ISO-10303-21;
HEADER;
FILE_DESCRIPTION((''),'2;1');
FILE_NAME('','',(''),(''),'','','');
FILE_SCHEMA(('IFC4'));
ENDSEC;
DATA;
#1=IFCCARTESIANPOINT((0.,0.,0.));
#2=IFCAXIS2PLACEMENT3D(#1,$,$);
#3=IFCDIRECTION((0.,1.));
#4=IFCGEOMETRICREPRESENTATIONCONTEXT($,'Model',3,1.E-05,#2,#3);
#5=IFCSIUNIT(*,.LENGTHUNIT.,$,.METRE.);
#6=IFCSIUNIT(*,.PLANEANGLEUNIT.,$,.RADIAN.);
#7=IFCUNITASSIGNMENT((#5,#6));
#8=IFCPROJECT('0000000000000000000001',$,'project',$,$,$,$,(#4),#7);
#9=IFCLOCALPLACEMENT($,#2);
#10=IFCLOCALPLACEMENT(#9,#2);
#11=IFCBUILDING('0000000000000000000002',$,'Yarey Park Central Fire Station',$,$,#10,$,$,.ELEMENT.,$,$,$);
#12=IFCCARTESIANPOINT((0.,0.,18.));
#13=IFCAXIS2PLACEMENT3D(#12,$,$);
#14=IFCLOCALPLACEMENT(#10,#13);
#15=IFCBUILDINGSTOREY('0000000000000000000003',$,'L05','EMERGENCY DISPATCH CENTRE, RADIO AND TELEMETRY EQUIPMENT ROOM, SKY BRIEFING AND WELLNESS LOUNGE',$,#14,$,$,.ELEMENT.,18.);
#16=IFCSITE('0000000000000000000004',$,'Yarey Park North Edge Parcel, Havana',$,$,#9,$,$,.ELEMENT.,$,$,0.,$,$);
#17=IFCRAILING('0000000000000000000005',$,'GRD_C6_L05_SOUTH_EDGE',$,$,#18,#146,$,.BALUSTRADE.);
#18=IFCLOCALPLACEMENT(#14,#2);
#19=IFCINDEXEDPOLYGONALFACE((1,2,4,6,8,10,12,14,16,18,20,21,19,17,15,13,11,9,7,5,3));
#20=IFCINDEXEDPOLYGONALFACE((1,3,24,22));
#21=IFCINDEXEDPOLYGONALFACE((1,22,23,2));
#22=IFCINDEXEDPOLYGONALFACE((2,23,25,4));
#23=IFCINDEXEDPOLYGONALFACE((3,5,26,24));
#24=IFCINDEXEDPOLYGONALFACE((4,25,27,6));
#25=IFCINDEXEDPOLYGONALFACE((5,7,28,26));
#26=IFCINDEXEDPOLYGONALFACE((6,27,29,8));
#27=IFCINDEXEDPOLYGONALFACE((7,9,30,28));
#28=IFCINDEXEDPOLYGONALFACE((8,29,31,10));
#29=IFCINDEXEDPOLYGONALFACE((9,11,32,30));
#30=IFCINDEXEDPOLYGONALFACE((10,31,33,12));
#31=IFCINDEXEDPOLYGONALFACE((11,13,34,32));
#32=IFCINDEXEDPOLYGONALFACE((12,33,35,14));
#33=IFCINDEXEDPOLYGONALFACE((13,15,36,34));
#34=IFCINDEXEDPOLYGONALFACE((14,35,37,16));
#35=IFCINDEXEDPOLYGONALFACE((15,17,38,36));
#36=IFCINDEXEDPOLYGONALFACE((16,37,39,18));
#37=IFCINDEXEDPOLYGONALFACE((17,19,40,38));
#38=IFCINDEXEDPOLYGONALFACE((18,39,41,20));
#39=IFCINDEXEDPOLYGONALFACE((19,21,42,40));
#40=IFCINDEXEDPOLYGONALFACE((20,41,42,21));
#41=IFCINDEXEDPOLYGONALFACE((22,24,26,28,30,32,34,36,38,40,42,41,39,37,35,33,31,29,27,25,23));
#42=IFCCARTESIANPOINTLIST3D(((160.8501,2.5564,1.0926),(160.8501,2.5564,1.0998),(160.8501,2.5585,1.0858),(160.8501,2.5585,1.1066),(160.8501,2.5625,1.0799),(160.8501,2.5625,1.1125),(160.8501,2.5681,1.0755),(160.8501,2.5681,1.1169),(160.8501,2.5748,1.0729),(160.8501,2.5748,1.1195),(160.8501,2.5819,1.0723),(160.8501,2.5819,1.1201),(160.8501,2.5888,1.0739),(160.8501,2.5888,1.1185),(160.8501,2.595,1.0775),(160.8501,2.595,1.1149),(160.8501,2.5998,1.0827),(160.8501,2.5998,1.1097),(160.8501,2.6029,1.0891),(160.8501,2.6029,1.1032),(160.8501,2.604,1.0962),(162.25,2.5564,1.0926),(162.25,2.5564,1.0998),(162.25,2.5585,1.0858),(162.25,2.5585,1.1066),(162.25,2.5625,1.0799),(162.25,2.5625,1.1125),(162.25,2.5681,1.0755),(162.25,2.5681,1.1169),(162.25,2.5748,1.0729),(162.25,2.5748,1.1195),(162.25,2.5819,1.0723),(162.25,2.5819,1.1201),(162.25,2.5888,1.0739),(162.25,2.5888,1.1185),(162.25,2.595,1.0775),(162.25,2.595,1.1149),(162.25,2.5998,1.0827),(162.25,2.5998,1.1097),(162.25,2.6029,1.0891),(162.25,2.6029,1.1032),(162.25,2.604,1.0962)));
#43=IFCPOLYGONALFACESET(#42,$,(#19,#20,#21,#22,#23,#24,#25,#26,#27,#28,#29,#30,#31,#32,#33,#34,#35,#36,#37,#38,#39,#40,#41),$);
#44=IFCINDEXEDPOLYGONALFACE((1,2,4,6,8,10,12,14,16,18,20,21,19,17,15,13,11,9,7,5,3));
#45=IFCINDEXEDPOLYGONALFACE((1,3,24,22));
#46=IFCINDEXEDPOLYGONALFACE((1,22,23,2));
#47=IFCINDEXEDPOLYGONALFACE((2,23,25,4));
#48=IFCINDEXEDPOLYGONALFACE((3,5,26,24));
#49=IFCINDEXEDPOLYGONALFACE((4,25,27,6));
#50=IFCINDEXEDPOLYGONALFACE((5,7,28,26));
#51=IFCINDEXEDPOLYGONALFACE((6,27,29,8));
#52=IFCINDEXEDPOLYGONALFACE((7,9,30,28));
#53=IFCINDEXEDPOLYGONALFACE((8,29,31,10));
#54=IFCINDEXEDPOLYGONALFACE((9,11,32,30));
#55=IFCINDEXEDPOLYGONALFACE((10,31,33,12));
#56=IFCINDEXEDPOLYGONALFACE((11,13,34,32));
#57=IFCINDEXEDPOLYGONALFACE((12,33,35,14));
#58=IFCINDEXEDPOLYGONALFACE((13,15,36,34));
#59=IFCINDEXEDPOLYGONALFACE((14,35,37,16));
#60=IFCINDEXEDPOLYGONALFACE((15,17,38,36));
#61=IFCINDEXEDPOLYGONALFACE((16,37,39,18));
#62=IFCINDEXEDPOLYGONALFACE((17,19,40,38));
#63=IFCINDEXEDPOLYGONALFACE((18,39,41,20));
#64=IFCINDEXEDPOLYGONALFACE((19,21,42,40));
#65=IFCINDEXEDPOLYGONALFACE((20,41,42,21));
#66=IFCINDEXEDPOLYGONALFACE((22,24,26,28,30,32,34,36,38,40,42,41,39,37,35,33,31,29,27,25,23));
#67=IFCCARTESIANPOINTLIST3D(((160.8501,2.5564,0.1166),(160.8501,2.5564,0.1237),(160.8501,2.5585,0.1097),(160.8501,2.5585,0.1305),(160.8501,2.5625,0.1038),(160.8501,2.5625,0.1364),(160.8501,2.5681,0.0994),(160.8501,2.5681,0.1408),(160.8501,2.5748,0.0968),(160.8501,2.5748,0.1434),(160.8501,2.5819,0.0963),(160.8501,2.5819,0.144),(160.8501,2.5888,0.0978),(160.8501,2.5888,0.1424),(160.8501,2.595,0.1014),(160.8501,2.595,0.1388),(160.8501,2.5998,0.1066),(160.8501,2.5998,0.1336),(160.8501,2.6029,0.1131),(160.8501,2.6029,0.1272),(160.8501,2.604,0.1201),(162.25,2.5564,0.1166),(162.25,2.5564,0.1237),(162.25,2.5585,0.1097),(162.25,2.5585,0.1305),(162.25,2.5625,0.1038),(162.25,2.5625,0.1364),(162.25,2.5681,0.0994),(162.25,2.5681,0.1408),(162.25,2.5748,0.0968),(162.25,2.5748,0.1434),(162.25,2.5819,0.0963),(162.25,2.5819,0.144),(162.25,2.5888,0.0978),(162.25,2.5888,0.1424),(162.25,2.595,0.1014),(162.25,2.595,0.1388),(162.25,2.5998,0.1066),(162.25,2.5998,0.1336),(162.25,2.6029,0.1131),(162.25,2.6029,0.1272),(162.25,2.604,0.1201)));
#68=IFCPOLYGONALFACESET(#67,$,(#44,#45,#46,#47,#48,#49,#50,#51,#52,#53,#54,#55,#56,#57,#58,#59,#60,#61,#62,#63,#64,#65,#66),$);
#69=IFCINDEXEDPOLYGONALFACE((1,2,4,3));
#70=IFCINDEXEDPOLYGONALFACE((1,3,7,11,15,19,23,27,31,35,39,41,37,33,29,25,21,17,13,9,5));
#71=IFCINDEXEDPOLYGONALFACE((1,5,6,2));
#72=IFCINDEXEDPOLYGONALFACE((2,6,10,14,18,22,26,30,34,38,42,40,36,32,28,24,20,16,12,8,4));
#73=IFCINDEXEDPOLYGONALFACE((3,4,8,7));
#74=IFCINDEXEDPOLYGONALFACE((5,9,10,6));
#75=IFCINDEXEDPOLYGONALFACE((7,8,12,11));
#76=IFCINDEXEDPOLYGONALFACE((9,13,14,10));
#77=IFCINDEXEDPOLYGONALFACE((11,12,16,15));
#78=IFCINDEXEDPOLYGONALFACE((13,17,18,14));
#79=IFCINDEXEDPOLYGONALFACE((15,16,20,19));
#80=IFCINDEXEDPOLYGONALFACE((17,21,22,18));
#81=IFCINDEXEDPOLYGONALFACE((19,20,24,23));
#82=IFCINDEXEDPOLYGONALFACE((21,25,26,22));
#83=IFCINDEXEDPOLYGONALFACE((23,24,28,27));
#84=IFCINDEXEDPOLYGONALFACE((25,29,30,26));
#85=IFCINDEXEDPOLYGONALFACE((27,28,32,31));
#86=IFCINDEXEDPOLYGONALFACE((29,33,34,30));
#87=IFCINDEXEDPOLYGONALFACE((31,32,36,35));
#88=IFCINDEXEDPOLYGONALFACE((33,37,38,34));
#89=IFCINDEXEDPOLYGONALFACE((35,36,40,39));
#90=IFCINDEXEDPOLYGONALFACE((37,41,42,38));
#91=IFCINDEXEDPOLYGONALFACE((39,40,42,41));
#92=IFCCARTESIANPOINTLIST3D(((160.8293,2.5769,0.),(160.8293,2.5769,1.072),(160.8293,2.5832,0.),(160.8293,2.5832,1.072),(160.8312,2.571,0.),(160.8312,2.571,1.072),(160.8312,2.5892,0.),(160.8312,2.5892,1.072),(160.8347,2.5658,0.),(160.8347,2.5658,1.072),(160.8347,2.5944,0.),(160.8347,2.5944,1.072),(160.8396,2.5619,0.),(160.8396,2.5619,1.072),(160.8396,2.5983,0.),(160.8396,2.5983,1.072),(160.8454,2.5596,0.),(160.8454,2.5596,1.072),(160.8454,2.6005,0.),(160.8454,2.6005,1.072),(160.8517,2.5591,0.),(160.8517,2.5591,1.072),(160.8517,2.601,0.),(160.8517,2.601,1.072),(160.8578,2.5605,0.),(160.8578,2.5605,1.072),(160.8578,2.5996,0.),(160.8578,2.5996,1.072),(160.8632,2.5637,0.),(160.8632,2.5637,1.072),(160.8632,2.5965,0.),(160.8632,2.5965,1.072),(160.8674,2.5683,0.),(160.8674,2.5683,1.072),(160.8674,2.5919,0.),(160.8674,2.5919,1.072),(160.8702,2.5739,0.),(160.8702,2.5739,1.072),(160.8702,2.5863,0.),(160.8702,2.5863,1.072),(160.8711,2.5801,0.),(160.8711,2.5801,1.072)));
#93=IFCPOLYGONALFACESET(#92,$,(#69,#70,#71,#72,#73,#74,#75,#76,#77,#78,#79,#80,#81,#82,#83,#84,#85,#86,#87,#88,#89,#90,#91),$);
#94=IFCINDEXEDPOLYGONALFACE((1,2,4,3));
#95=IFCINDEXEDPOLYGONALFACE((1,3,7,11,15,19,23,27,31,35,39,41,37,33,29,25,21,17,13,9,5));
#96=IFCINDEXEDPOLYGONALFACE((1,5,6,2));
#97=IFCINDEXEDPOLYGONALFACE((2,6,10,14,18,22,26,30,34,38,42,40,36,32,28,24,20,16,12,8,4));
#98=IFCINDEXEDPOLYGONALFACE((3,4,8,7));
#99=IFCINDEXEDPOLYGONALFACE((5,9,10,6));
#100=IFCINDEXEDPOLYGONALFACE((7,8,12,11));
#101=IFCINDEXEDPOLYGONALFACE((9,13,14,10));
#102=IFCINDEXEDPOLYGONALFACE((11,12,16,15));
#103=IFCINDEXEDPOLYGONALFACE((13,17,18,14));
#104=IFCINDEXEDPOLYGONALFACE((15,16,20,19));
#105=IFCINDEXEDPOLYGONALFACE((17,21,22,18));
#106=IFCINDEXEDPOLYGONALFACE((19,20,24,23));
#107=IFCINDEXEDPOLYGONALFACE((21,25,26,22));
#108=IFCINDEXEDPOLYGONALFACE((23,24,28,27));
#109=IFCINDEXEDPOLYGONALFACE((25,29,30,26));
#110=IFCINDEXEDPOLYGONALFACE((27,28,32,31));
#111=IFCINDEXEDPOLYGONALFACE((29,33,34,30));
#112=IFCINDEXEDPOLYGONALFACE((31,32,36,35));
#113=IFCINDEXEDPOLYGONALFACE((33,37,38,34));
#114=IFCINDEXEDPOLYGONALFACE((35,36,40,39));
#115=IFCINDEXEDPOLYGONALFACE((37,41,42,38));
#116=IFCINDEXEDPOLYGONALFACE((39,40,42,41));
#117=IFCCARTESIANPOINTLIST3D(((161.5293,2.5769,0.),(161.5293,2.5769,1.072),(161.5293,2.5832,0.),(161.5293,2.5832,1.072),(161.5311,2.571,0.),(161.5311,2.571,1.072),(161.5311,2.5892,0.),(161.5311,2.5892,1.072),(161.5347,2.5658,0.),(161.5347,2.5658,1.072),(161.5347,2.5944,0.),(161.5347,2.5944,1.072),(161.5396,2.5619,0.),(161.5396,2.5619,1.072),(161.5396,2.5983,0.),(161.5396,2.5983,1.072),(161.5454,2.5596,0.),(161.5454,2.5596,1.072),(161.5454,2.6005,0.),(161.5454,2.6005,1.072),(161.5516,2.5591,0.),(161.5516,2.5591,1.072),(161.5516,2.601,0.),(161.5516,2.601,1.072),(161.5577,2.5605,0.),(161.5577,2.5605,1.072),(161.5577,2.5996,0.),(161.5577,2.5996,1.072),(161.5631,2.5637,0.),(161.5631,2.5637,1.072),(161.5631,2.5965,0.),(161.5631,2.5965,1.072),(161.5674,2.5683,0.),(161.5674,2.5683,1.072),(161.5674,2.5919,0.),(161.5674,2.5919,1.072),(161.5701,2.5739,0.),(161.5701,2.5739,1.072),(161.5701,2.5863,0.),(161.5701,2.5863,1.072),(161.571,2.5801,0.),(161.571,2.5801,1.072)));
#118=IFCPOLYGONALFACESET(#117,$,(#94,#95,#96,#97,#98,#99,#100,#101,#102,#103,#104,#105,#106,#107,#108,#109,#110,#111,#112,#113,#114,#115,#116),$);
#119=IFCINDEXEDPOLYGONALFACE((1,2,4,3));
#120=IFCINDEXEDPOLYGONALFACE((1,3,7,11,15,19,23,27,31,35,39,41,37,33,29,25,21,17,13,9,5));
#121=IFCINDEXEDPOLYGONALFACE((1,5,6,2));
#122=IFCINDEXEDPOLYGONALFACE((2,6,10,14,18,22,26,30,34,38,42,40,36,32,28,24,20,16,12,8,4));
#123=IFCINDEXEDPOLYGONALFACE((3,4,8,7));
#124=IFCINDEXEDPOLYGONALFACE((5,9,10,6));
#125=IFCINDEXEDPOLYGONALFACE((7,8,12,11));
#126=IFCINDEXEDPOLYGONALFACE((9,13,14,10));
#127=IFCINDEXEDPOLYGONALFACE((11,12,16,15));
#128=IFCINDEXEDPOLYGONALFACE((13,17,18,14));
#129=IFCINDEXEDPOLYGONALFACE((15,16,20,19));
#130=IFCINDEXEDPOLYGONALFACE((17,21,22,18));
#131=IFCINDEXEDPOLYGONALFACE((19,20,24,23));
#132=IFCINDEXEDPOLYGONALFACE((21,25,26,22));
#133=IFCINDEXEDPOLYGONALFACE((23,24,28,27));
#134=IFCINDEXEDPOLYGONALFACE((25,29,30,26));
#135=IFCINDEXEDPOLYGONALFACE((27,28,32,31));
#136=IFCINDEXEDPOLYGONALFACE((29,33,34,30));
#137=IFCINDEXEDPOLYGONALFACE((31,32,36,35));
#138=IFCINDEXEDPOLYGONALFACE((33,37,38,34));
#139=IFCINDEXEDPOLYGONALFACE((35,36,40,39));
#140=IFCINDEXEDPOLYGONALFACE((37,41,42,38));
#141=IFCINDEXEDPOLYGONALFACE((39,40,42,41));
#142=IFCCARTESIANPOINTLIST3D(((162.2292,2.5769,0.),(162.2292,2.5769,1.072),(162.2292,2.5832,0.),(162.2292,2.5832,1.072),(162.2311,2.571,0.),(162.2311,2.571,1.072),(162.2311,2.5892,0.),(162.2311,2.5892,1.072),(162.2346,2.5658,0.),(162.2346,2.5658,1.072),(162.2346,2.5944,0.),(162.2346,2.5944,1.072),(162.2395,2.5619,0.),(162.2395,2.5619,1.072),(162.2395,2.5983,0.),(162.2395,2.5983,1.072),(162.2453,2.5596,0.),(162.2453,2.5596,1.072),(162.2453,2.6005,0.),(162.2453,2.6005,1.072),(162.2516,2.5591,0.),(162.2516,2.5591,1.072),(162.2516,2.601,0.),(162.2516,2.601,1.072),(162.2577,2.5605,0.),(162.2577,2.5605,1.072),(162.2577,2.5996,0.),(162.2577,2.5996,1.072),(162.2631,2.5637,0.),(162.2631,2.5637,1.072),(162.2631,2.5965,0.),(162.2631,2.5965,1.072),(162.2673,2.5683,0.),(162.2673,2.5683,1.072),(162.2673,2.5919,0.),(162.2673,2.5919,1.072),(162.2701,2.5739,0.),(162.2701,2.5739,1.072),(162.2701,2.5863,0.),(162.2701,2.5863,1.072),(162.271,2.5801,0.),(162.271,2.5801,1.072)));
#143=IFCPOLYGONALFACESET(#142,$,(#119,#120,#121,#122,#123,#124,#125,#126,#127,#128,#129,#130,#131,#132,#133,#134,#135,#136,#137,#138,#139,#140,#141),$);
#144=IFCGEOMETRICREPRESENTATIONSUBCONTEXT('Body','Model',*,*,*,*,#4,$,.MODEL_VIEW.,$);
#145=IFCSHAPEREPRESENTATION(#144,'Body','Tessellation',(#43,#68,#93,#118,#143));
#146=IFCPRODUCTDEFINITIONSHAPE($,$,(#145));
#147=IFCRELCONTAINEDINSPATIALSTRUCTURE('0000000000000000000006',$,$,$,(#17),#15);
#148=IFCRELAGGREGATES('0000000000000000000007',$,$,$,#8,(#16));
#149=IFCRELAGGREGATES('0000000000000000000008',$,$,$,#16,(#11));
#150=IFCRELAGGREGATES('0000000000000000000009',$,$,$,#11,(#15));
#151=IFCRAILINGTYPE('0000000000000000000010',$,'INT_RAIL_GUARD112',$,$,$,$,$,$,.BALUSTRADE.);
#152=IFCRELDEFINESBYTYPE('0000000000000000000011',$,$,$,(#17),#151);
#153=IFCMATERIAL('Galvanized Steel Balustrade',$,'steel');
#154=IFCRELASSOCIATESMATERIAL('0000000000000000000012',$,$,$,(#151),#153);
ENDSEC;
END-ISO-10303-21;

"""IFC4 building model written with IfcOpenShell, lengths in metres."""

from ifc_helpers import new_model, si_unit, direction, frame, origin, origin_2d, place, context, subcontext, project, spatial, circle, extrude, material, type_object, element, save


model = new_model("IFC4")

# Units and contexts
model_context = context("Model", 3, precision=1e-05, world=origin(), true_north=direction((0.0, 1.0)))
body_context = subcontext(model_context, "Body", "Model", "MODEL_VIEW")
ifc_project = project(units=[si_unit("LENGTHUNIT", "METRE"), si_unit("PLANEANGLEUNIT", "RADIAN")], contexts=[model_context])

# Site, building, storey
site_placement = place(None, origin())
site = spatial("IfcSite", under=ifc_project, at=site_placement, Name="Yarey Park North Edge Parcel, Havana", CompositionType="ELEMENT", RefElevation=0.0)
building_placement = place(site_placement, origin())
building = spatial("IfcBuilding", under=site, at=building_placement, Name="Yarey Park Central Fire Station", CompositionType="ELEMENT")
storey_placement = place(building_placement, frame((0.0, 0.0, 18.0)))
storey = spatial("IfcBuildingStorey", under=building, at=storey_placement, Name="L05", Description="EMERGENCY DISPATCH CENTRE, RADIO AND TELEMETRY EQUIPMENT ROOM, SKY BRIEFING AND WELLNESS LOUNGE", CompositionType="ELEMENT", Elevation=18.0)

# Railing
ifc_material_1 = material(Name="Galvanized Steel Balustrade", Category="steel")
railing_type_1 = type_object("IfcRailingType", Name="INT_RAIL_GUARD112", PredefinedType="BALUSTRADE", material=ifc_material_1)
railing_1_placement = place(storey_placement, frame((160.8501, 2.5801, 0.0)))
element("IfcRailing", 1, at=railing_1_placement, inside=storey, type_object=railing_type_1, Name="GRD_C6_L05_SOUTH_EDGE", PredefinedType="BALUSTRADE", context=body_context, shape_type="SweptSolid", body=[
    extrude(circle(Radius=0.0239, at=origin_2d()), frame((0.0, 0.0, 1.0962), z_axis=(1.0, 0.0, 0.0), x_axis=(0.0, 1.0, 0.0)), (0.0, 0.0, 1.0), 1.3999),
    extrude(circle(Radius=0.0239, at=origin_2d()), frame((0.0, 0.0, 0.1201), z_axis=(1.0, 0.0, 0.0), x_axis=(0.0, 1.0, 0.0)), (0.0, 0.0, 1.0), 1.3999),
    extrude(circle(Radius=0.021, at=origin_2d()), origin(), (0.0, 0.0, 1.0), 1.072),
    extrude(circle(Radius=0.021, at=origin_2d()), frame((0.7, 0.0, 0.0)), (0.0, 0.0, 1.0), 1.072),
    extrude(circle(Radius=0.021, at=origin_2d()), frame((1.3999, 0.0, 0.0)), (0.0, 0.0, 1.0), 1.072),
])

save(model, "model.ifc")
